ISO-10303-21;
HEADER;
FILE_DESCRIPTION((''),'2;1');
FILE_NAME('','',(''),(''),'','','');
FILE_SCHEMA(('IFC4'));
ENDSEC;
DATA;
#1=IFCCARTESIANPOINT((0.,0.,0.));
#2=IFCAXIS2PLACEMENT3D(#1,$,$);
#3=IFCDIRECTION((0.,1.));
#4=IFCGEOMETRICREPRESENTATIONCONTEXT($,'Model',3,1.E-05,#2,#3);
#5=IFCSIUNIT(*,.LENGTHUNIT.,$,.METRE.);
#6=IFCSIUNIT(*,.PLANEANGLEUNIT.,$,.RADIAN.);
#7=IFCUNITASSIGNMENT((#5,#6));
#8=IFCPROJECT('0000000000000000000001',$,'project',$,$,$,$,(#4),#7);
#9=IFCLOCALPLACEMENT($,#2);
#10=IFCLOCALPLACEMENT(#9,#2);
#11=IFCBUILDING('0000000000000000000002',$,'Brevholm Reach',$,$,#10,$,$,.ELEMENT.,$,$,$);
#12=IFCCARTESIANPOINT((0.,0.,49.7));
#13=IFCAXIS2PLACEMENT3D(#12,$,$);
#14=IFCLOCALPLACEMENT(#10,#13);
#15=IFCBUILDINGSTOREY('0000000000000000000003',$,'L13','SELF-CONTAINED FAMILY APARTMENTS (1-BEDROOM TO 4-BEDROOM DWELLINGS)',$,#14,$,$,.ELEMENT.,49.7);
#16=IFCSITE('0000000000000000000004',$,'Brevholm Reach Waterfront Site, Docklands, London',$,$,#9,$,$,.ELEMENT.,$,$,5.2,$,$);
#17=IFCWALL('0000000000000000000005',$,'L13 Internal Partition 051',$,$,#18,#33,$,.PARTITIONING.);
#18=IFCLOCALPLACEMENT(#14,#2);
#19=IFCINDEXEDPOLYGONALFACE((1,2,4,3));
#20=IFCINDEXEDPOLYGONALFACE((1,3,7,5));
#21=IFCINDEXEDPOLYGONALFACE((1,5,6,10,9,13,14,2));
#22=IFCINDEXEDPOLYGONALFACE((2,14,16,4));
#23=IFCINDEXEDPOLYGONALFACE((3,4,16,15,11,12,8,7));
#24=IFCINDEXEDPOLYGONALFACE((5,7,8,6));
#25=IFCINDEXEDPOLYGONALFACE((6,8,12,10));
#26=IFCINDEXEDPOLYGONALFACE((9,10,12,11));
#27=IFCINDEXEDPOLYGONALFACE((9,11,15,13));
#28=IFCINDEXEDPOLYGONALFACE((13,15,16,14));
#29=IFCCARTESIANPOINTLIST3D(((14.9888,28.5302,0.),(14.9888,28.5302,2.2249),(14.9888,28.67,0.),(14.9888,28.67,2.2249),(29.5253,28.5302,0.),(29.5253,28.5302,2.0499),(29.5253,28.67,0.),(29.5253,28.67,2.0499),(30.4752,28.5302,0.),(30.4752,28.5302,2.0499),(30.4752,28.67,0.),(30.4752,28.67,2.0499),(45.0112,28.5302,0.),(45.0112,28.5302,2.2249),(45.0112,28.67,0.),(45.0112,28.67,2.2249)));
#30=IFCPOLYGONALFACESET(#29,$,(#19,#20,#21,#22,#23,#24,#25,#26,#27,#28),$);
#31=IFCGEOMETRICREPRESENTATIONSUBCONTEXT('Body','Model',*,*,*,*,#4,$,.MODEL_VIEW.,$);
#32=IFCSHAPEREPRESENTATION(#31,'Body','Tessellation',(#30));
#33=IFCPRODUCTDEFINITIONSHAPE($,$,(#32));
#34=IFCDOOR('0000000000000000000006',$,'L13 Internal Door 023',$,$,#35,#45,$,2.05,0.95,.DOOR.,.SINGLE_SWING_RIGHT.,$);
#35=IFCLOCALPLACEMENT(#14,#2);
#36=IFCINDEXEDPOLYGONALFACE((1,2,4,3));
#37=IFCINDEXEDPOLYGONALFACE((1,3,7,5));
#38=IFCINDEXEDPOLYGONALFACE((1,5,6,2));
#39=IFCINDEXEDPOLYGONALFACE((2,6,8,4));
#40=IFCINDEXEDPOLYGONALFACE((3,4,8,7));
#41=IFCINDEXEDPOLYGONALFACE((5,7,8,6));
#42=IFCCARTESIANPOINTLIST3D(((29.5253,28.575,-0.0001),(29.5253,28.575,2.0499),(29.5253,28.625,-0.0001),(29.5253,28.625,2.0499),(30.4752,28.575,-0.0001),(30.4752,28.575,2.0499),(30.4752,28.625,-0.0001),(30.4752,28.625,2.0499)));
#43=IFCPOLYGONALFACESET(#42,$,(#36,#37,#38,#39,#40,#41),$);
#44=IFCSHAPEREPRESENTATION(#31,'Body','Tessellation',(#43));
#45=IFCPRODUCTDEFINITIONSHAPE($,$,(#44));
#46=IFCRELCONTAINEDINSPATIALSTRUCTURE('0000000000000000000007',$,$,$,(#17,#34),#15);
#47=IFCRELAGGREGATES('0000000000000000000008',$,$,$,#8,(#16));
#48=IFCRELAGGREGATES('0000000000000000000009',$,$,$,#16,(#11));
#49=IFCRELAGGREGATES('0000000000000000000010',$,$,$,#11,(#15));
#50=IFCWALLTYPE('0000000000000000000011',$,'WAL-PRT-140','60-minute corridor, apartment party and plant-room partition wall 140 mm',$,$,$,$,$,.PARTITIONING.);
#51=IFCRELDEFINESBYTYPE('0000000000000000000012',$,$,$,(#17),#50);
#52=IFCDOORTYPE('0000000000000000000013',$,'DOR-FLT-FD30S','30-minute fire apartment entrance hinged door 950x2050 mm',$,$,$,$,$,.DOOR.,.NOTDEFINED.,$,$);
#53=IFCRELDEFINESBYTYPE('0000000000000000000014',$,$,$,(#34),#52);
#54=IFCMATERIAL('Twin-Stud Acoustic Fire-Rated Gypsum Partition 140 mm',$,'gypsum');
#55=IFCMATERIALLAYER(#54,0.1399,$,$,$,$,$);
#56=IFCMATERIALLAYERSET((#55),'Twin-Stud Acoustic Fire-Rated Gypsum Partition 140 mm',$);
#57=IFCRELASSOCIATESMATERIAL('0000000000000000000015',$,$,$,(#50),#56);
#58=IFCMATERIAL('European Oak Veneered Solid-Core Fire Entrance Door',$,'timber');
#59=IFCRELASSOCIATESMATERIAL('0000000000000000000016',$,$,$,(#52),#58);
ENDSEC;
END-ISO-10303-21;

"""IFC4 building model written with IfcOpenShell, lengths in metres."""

from ifc_helpers import new_model, si_unit, direction, frame, frame_2d, origin, place, context, subcontext, project, spatial, rectangle, extrude, material, layer, layer_set, type_object, element, fill, save


model = new_model("IFC4")

# Units and contexts
model_context = context("Model", 3, precision=1e-05, world=origin(), true_north=direction((0.0, 1.0)))
body_context = subcontext(model_context, "Body", "Model", "MODEL_VIEW")
ifc_project = project(units=[si_unit("LENGTHUNIT", "METRE"), si_unit("PLANEANGLEUNIT", "RADIAN")], contexts=[model_context])

# Site, building, storey
site_placement = place(None, origin())
site = spatial("IfcSite", under=ifc_project, at=site_placement, Name="Brevholm Reach Waterfront Site, Docklands, London", CompositionType="ELEMENT", RefElevation=5.2)
building_placement = place(site_placement, origin())
building = spatial("IfcBuilding", under=site, at=building_placement, Name="Brevholm Reach", CompositionType="ELEMENT")
storey_placement = place(building_placement, frame((0.0, 0.0, 49.7)))
storey = spatial("IfcBuildingStorey", under=building, at=storey_placement, Name="L13", Description="SELF-CONTAINED FAMILY APARTMENTS (1-BEDROOM TO 4-BEDROOM DWELLINGS)", CompositionType="ELEMENT", Elevation=49.7)

# Shared definitions
ifc_material_1 = material(Name="Twin-Stud Acoustic Fire-Rated Gypsum Partition 140 mm", Category="gypsum")
ifc_layer_1 = layer(ifc_material_1, 0.1399)
ifc_layer_set_1 = layer_set([ifc_layer_1], Name="Twin-Stud Acoustic Fire-Rated Gypsum Partition 140 mm")
wall_type_1 = type_object("IfcWallType", Name="WAL-PRT-140", Description="60-minute corridor, apartment party and plant-room partition wall 140 mm", PredefinedType="PARTITIONING", material=ifc_layer_set_1)

# Shared definitions
ifc_material_2 = material(Name="European Oak Veneered Solid-Core Fire Entrance Door", Category="timber")
door_type_1 = type_object("IfcDoorType", Name="DOR-FLT-FD30S", Description="30-minute fire apartment entrance hinged door 950x2050 mm", OperationType="NOTDEFINED", PredefinedType="DOOR", material=ifc_material_2)

# Wall, opening, door
wall_1_placement = place(storey_placement, frame((14.9888, 28.6001, 0.0), z_axis=(0.0, 0.0, 1.0), x_axis=(1.0, 0.0, 0.0)))
wall_1 = element("IfcWall", 1, at=wall_1_placement, inside=storey, type_object=wall_type_1, Name="L13 Internal Partition 051", PredefinedType="PARTITIONING", context=body_context, shape_type="SweptSolid", body=[
    extrude(rectangle(XDim=30.0225, YDim=0.1399, at=frame_2d((15.0112, 0.0))), origin(), (0.0, 0.0, 1.0), 2.2249),
])
opening_1_placement = place(wall_1_placement, frame((14.5364, 0.0, 0.0)))
opening_1 = element("IfcOpeningElement", 2, at=opening_1_placement, cuts=wall_1, PredefinedType="OPENING", context=body_context, shape_type="SweptSolid", body=[
    extrude(rectangle(XDim=0.95, YDim=2.05, at=frame_2d((0.4751, 1.0249))), frame((0.0, 0.0798, 0.0), z_axis=(0.0, -1.0, 0.0), x_axis=(1.0, 0.0, 0.0)), (0.0, 0.0, 1.0), 0.1599),
])
door_1_placement = place(opening_1_placement, origin())
door_1 = element("IfcDoor", 3, at=door_1_placement, inside=storey, type_object=door_type_1, Name="L13 Internal Door 023", OperationType="SINGLE_SWING_RIGHT", OverallHeight=2.05, OverallWidth=0.95, PredefinedType="DOOR", context=body_context, shape_type="SweptSolid", body=[
    extrude(rectangle(XDim=0.95, YDim=2.05, at=frame_2d((0.4751, 1.0249))), frame((0.0, 0.0249, 0.0), z_axis=(0.0, -1.0, 0.0), x_axis=(1.0, 0.0, 0.0)), (0.0, 0.0, 1.0), 0.05),
])
fill(opening_1, door_1)

save(model, "model.ifc")
